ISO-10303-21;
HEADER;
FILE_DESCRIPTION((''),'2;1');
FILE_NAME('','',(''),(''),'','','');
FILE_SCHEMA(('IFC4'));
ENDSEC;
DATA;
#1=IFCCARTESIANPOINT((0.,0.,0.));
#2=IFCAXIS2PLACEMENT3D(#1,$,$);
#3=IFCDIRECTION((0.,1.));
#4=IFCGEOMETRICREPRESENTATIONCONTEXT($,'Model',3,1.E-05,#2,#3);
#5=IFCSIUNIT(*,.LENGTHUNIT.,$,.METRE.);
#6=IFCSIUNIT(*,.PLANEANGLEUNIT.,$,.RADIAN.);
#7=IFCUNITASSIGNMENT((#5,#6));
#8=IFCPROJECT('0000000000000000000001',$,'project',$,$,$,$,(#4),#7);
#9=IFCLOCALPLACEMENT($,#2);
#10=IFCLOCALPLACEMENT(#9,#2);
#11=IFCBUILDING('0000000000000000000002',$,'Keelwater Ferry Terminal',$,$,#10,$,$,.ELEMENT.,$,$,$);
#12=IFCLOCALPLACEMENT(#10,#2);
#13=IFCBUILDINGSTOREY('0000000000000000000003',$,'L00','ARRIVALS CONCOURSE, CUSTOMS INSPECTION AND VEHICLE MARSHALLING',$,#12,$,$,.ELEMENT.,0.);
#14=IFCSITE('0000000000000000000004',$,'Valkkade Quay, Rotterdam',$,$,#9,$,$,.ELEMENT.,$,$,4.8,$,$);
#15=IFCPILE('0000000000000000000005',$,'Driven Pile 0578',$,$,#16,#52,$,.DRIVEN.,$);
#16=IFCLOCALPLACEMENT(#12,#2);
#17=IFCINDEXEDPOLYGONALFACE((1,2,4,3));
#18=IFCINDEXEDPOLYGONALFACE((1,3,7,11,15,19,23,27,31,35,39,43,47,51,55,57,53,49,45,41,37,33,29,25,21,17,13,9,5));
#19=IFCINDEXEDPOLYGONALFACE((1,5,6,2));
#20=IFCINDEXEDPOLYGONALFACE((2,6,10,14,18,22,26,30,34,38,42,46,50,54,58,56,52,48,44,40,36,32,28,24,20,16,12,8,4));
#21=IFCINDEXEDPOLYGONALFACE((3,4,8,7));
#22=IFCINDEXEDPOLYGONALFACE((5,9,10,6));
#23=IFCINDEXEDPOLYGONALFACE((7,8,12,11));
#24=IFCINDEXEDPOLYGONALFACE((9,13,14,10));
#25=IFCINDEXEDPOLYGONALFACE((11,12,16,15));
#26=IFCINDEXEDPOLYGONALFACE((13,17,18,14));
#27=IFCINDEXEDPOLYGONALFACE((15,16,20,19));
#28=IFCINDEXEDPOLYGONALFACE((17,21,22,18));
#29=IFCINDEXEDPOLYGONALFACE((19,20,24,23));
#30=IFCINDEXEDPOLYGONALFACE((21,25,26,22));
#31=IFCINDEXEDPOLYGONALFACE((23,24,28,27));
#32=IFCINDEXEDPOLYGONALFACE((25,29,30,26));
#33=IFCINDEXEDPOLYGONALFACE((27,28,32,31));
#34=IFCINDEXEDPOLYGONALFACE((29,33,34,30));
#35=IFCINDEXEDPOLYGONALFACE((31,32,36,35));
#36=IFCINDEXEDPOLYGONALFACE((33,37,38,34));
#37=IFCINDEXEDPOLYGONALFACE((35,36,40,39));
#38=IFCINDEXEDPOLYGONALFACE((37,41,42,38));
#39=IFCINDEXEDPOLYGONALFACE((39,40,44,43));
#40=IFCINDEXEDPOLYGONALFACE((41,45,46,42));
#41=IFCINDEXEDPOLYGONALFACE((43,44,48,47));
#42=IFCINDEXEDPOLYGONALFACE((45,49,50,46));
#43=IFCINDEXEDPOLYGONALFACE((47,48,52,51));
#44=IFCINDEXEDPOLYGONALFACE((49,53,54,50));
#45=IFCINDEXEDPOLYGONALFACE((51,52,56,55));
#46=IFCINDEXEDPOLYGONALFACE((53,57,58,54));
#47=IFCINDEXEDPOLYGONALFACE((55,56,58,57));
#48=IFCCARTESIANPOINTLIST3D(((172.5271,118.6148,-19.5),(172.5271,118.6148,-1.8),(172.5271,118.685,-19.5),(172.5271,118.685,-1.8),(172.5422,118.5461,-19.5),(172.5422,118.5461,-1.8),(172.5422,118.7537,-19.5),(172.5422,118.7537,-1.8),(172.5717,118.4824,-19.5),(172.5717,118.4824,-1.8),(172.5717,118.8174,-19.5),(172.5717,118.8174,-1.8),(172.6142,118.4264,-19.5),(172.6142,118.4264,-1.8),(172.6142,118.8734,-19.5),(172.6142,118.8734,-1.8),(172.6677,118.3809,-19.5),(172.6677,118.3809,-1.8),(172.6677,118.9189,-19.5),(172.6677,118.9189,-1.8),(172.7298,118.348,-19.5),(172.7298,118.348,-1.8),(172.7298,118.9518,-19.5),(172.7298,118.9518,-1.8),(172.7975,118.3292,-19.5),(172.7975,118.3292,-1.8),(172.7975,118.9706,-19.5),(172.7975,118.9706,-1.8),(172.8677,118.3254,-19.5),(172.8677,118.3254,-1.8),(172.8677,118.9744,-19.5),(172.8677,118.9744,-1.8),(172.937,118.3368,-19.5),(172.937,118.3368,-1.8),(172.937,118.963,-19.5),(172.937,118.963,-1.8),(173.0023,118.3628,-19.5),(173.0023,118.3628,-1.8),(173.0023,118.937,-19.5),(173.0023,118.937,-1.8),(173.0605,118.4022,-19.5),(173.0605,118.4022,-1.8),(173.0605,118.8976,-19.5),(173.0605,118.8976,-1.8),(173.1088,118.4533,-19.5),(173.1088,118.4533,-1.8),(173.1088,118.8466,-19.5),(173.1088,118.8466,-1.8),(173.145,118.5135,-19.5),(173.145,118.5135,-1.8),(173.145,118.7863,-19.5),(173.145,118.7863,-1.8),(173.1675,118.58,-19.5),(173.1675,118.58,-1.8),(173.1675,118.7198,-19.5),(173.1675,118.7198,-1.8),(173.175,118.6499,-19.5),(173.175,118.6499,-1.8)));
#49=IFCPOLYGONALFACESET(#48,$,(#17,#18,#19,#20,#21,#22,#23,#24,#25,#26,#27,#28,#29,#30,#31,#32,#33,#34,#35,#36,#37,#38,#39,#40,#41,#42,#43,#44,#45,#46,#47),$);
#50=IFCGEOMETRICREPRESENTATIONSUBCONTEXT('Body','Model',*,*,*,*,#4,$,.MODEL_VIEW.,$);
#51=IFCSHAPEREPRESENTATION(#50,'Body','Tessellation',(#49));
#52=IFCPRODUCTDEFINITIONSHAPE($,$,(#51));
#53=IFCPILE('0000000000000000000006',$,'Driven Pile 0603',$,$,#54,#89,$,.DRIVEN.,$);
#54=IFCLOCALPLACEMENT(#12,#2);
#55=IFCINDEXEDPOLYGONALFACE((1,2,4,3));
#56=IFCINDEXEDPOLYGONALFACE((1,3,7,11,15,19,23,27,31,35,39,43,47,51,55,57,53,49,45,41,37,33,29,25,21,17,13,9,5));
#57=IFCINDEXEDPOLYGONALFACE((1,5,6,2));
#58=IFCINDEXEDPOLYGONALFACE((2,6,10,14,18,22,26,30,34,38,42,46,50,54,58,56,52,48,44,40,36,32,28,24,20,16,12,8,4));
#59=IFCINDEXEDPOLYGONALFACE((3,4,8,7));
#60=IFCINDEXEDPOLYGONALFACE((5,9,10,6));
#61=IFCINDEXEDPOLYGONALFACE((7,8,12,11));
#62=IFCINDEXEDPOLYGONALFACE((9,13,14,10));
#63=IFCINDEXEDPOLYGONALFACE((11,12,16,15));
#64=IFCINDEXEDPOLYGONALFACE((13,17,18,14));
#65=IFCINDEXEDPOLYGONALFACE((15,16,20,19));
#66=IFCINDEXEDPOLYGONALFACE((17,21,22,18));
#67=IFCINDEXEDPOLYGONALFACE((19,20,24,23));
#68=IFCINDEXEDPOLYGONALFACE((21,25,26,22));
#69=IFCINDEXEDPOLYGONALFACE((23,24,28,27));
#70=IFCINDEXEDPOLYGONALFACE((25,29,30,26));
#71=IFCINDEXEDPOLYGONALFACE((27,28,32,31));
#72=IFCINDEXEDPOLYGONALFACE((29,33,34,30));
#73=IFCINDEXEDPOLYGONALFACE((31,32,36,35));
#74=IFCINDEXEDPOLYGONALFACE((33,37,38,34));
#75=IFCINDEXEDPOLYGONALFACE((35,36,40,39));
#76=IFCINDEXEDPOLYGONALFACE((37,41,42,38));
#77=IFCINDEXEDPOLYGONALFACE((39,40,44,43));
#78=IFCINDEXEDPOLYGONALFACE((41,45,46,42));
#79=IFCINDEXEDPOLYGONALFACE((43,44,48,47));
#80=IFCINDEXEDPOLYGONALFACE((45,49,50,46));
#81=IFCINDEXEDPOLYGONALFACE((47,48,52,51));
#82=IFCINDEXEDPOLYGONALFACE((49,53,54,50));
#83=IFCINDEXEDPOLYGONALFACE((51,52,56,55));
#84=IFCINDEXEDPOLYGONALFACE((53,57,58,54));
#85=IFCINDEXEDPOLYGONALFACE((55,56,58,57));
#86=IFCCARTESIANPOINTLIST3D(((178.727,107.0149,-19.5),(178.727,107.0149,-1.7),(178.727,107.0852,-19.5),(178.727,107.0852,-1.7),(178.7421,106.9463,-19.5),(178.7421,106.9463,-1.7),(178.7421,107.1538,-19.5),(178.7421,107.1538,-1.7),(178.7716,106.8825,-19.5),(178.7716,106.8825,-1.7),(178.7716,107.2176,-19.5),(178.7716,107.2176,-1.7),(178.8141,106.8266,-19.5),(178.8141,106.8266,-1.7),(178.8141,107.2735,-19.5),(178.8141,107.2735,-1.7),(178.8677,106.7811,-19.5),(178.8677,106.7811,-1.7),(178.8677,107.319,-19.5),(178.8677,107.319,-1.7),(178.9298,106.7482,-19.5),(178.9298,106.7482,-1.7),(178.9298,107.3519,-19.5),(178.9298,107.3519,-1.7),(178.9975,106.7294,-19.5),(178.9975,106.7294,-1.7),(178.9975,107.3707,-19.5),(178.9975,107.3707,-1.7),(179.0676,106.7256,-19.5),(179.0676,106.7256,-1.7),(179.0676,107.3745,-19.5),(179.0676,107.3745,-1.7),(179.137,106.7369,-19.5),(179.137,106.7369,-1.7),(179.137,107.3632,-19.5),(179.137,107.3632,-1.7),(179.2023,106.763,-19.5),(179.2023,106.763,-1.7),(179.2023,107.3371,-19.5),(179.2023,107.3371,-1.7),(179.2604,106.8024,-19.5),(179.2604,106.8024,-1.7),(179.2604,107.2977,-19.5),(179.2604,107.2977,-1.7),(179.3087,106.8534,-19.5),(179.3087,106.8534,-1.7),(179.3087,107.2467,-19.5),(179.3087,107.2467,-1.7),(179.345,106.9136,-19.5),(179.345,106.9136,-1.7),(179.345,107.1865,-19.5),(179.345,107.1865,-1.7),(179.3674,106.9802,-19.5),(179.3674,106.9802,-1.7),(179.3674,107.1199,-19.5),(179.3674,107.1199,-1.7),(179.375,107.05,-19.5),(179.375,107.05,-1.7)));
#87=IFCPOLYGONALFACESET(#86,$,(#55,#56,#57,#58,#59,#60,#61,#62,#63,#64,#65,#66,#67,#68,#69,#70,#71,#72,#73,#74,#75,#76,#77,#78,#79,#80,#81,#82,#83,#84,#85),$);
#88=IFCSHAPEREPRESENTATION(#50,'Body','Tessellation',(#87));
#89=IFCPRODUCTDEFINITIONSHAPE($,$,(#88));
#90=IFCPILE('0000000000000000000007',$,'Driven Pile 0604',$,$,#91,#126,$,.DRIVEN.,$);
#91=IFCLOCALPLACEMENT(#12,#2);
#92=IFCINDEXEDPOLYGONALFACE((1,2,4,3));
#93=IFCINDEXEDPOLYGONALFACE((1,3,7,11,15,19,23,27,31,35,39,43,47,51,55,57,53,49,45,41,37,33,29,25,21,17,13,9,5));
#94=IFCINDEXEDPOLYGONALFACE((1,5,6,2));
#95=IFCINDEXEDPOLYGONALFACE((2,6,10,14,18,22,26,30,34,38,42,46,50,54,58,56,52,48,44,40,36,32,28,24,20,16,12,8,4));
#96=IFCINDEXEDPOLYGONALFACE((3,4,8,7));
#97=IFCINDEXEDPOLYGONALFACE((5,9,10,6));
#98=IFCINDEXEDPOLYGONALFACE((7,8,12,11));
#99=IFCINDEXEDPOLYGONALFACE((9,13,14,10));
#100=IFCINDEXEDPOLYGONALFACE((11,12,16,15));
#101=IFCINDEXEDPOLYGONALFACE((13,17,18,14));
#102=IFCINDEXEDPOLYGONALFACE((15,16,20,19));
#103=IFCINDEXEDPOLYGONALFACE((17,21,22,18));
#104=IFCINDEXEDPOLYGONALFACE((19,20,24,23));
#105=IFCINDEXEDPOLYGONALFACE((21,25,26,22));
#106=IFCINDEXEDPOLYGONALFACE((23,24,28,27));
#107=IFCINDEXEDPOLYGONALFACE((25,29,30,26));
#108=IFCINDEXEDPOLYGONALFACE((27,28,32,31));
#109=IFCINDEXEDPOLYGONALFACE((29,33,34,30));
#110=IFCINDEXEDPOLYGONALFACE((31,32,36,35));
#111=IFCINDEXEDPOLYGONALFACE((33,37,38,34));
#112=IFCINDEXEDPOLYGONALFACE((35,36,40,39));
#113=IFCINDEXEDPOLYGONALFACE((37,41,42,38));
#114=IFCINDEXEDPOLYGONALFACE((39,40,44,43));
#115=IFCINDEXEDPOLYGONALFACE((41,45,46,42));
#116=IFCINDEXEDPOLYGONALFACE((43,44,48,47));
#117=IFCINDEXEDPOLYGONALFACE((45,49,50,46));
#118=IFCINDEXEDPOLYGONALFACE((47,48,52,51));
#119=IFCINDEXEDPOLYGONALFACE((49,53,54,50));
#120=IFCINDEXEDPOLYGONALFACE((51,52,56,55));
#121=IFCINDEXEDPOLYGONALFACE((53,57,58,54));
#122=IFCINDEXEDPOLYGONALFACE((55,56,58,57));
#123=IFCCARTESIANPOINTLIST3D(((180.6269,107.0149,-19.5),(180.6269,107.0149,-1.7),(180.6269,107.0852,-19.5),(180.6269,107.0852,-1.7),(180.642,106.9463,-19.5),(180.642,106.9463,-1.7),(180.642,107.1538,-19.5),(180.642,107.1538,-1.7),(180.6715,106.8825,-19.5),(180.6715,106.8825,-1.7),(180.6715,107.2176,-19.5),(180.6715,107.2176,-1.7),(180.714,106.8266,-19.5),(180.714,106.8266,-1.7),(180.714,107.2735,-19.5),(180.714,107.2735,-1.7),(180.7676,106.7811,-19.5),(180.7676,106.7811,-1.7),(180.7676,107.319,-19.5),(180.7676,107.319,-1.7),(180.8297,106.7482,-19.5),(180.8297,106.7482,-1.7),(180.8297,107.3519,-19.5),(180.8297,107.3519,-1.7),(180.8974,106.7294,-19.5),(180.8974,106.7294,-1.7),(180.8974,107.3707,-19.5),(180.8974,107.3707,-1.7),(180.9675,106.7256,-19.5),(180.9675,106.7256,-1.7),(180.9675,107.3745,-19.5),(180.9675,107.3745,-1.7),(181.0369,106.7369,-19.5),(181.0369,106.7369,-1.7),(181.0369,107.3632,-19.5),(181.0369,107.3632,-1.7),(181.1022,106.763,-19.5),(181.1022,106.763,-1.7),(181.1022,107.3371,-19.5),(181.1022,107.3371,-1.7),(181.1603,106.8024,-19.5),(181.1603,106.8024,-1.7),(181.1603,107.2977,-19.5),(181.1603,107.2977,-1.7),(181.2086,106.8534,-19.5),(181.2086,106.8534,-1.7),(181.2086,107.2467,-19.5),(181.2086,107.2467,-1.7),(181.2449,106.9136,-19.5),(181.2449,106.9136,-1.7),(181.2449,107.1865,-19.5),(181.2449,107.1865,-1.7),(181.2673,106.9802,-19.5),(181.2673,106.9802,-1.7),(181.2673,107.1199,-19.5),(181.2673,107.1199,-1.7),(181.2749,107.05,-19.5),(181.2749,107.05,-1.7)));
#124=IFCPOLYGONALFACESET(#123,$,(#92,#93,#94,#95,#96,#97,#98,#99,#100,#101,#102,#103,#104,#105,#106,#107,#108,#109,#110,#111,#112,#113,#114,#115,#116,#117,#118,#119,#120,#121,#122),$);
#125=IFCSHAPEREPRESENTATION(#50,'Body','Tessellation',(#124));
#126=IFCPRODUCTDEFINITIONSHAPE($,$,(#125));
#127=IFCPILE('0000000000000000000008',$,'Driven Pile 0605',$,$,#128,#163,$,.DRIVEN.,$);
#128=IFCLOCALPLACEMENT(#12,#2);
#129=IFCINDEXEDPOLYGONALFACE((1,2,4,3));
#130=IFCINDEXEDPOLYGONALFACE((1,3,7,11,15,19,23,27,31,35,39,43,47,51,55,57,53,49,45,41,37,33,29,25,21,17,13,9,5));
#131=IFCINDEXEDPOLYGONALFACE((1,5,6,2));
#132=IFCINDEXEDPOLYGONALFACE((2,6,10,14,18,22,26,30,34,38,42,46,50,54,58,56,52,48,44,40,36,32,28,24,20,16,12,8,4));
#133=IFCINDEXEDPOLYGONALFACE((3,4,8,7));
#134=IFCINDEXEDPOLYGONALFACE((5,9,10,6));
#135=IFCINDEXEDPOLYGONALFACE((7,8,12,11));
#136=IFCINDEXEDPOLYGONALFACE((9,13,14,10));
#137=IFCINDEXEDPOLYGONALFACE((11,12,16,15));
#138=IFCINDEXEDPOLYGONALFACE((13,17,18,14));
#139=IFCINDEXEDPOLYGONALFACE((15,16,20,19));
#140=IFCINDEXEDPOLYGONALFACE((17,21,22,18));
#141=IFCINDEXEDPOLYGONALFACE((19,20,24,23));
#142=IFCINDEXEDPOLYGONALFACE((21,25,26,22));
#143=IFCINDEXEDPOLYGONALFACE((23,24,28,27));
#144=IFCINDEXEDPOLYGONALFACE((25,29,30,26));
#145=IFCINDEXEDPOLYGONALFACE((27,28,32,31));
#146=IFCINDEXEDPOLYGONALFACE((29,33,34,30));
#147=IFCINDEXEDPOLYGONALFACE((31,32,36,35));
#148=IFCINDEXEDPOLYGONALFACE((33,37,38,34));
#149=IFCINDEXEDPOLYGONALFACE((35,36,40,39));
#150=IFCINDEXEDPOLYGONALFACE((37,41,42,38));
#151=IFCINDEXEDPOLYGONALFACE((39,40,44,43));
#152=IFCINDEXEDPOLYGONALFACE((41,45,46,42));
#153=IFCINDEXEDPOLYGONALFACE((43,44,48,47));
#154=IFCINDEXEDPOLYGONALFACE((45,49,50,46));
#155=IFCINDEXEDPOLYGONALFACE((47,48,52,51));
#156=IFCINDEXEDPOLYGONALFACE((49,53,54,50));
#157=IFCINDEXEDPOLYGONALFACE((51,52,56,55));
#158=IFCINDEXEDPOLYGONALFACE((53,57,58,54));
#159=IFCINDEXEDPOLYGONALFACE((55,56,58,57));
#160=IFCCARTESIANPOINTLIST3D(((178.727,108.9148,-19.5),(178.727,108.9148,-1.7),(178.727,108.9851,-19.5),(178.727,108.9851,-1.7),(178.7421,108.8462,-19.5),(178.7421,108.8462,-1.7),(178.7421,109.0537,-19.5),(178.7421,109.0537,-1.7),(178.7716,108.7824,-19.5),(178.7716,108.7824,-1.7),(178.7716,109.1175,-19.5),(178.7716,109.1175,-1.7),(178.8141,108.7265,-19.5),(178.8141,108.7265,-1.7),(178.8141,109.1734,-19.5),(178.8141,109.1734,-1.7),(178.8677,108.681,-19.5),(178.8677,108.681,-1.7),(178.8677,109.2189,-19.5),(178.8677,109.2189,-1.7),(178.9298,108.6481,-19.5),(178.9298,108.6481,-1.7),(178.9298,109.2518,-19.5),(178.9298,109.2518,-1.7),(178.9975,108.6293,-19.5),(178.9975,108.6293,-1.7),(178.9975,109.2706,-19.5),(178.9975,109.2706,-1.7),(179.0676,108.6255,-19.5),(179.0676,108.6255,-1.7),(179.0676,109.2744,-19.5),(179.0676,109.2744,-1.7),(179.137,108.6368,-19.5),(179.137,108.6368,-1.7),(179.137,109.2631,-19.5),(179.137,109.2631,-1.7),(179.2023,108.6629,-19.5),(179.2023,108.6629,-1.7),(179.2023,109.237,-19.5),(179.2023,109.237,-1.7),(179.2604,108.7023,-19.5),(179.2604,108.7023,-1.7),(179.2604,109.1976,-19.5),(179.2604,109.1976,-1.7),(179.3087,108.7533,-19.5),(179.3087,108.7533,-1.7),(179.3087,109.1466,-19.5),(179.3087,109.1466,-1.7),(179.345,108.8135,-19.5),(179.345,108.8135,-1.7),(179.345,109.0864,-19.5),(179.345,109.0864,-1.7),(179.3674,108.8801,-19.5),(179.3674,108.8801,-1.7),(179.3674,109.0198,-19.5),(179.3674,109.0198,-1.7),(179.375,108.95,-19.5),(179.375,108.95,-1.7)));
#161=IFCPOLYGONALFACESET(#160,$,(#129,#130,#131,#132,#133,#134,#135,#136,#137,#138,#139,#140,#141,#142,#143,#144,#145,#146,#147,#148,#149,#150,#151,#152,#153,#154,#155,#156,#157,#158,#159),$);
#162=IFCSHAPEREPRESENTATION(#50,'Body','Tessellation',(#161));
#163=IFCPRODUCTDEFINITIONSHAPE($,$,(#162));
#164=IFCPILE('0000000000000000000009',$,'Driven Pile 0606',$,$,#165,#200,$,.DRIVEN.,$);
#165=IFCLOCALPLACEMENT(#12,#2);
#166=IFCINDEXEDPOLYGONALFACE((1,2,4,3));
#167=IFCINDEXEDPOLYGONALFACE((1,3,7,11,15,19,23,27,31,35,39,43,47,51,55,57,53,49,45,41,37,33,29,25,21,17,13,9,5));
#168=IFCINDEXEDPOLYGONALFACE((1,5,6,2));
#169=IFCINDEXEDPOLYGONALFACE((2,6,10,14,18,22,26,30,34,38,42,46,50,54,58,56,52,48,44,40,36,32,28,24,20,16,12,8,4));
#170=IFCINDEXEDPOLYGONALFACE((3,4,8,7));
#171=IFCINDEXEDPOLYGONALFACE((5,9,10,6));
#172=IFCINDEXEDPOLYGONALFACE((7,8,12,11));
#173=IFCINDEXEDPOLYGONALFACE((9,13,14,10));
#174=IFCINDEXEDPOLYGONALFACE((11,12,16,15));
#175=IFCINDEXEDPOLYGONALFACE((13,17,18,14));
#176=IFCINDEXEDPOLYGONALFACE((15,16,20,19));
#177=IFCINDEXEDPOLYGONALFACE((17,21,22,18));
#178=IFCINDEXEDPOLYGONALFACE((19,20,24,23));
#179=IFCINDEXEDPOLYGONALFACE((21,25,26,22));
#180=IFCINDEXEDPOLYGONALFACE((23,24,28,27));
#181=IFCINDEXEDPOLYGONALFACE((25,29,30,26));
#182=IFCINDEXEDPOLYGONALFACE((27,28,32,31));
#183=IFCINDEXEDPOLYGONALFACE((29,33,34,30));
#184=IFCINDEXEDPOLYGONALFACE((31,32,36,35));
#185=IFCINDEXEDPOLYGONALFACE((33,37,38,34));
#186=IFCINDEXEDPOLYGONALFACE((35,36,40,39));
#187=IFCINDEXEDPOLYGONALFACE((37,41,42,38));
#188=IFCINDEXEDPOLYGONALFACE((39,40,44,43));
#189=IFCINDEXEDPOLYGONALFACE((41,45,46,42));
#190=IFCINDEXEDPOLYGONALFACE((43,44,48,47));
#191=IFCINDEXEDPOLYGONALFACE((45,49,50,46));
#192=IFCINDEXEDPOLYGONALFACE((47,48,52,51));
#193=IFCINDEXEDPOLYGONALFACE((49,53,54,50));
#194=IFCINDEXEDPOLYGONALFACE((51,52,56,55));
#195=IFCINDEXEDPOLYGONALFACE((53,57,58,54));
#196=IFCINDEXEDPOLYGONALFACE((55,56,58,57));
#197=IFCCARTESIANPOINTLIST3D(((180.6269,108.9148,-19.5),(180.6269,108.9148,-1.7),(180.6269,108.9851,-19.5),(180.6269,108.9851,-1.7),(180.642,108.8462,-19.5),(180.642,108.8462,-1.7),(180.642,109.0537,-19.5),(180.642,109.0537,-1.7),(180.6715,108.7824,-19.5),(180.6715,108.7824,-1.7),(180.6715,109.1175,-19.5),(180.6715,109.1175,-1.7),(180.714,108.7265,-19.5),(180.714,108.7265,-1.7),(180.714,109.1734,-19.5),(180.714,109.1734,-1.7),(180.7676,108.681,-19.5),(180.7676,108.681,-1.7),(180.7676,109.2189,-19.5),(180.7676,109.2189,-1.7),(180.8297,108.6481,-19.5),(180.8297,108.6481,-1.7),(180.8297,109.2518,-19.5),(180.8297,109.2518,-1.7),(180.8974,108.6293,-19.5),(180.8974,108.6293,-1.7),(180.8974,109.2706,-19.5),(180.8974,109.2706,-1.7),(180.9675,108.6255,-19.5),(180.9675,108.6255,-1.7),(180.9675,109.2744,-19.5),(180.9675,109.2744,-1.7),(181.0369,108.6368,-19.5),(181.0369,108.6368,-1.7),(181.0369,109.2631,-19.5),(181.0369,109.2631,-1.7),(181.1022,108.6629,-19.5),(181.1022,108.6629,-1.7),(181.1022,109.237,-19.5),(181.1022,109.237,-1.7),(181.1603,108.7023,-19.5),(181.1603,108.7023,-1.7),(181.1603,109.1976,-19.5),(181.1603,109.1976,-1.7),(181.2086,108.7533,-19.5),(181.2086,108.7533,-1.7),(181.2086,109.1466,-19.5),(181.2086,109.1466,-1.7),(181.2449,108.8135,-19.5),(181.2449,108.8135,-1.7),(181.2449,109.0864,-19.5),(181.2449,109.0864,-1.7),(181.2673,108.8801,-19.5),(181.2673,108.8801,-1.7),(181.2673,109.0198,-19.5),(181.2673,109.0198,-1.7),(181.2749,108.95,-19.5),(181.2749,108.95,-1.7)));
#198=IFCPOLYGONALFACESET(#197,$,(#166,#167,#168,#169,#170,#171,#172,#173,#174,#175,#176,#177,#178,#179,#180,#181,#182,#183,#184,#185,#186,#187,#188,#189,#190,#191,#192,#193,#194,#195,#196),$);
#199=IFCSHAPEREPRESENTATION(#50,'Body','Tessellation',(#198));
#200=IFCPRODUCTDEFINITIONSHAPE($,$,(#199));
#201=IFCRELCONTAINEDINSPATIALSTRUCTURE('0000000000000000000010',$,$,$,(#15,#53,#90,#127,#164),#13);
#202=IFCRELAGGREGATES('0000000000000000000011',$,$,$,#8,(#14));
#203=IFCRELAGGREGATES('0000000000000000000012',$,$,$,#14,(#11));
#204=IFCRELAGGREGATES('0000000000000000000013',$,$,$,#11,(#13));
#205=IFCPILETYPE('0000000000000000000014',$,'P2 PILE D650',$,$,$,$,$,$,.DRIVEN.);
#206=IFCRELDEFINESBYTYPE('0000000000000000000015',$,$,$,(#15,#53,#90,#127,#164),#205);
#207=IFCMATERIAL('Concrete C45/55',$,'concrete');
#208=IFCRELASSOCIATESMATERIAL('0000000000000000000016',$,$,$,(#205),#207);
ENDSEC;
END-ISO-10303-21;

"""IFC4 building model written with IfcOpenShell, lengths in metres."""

from ifc_helpers import new_model, si_unit, direction, frame, origin, origin_2d, place, context, subcontext, project, spatial, circle, extrude, material, material_profile, profile_set, type_object, element, save


model = new_model("IFC4")

# Units and contexts
model_context = context("Model", 3, precision=1e-05, world=origin(), true_north=direction((0.0, 1.0)))
body_context = subcontext(model_context, "Body", "Model", "MODEL_VIEW")
ifc_project = project(units=[si_unit("LENGTHUNIT", "METRE"), si_unit("PLANEANGLEUNIT", "RADIAN")], contexts=[model_context])

# Site, building, storey
site_placement = place(None, origin())
site = spatial("IfcSite", under=ifc_project, at=site_placement, Name="Valkkade Quay, Rotterdam", CompositionType="ELEMENT", RefElevation=4.8)
building_placement = place(site_placement, origin())
building = spatial("IfcBuilding", under=site, at=building_placement, Name="Keelwater Ferry Terminal", CompositionType="ELEMENT")
storey_placement = place(building_placement, origin())
storey = spatial("IfcBuildingStorey", under=building, at=storey_placement, Name="L00", Description="ARRIVALS CONCOURSE, CUSTOMS INSPECTION AND VEHICLE MARSHALLING", CompositionType="ELEMENT", Elevation=0.0)

# Piles
ifc_material_1 = material(Name="Concrete C45/55", Category="concrete")
ifc_material_profile_1 = material_profile(ifc_material_1, circle(Radius=0.325, at=origin_2d()), Name="PILE D650")
ifc_profile_set_1 = profile_set([ifc_material_profile_1], Name="Concrete C45/55")
pile_type = type_object("IfcPileType", Name="P2 PILE D650", PredefinedType="DRIVEN", material=ifc_profile_set_1)
for number, where, z_axis, x_axis, name in (
    (1, (172.8501, 118.6499, -1.8), (0.0, 0.0, -1.0), (1.0, 0.0, 0.0), "Driven Pile 0578"),
):
    element("IfcPile", number, at=place(storey_placement, frame(where, z_axis=z_axis, x_axis=x_axis)), inside=storey, type_object=pile_type, Name=name, PredefinedType="DRIVEN", context=body_context, shape_type="SweptSolid", body=[
        extrude(circle(Radius=0.325, at=origin_2d()), origin(), (0.0, 0.0, 1.0), 17.7),
    ])
for number, where, z_axis, x_axis, name in (
    (2, (179.05, 107.05, -1.7), (0.0, 0.0, -1.0), (1.0, 0.0, 0.0), "Driven Pile 0603"),
    (3, (180.95, 107.05, -1.7), (0.0, 0.0, -1.0), (1.0, 0.0, 0.0), "Driven Pile 0604"),
    (4, (179.05, 108.95, -1.7), (0.0, 0.0, -1.0), (1.0, 0.0, 0.0), "Driven Pile 0605"),
    (5, (180.95, 108.95, -1.7), (0.0, 0.0, -1.0), (1.0, 0.0, 0.0), "Driven Pile 0606"),
):
    element("IfcPile", number, at=place(storey_placement, frame(where, z_axis=z_axis, x_axis=x_axis)), inside=storey, type_object=pile_type, Name=name, PredefinedType="DRIVEN", context=body_context, shape_type="SweptSolid", body=[
        extrude(circle(Radius=0.325, at=origin_2d()), origin(), (0.0, 0.0, 1.0), 17.8),
    ])

save(model, "model.ifc")
